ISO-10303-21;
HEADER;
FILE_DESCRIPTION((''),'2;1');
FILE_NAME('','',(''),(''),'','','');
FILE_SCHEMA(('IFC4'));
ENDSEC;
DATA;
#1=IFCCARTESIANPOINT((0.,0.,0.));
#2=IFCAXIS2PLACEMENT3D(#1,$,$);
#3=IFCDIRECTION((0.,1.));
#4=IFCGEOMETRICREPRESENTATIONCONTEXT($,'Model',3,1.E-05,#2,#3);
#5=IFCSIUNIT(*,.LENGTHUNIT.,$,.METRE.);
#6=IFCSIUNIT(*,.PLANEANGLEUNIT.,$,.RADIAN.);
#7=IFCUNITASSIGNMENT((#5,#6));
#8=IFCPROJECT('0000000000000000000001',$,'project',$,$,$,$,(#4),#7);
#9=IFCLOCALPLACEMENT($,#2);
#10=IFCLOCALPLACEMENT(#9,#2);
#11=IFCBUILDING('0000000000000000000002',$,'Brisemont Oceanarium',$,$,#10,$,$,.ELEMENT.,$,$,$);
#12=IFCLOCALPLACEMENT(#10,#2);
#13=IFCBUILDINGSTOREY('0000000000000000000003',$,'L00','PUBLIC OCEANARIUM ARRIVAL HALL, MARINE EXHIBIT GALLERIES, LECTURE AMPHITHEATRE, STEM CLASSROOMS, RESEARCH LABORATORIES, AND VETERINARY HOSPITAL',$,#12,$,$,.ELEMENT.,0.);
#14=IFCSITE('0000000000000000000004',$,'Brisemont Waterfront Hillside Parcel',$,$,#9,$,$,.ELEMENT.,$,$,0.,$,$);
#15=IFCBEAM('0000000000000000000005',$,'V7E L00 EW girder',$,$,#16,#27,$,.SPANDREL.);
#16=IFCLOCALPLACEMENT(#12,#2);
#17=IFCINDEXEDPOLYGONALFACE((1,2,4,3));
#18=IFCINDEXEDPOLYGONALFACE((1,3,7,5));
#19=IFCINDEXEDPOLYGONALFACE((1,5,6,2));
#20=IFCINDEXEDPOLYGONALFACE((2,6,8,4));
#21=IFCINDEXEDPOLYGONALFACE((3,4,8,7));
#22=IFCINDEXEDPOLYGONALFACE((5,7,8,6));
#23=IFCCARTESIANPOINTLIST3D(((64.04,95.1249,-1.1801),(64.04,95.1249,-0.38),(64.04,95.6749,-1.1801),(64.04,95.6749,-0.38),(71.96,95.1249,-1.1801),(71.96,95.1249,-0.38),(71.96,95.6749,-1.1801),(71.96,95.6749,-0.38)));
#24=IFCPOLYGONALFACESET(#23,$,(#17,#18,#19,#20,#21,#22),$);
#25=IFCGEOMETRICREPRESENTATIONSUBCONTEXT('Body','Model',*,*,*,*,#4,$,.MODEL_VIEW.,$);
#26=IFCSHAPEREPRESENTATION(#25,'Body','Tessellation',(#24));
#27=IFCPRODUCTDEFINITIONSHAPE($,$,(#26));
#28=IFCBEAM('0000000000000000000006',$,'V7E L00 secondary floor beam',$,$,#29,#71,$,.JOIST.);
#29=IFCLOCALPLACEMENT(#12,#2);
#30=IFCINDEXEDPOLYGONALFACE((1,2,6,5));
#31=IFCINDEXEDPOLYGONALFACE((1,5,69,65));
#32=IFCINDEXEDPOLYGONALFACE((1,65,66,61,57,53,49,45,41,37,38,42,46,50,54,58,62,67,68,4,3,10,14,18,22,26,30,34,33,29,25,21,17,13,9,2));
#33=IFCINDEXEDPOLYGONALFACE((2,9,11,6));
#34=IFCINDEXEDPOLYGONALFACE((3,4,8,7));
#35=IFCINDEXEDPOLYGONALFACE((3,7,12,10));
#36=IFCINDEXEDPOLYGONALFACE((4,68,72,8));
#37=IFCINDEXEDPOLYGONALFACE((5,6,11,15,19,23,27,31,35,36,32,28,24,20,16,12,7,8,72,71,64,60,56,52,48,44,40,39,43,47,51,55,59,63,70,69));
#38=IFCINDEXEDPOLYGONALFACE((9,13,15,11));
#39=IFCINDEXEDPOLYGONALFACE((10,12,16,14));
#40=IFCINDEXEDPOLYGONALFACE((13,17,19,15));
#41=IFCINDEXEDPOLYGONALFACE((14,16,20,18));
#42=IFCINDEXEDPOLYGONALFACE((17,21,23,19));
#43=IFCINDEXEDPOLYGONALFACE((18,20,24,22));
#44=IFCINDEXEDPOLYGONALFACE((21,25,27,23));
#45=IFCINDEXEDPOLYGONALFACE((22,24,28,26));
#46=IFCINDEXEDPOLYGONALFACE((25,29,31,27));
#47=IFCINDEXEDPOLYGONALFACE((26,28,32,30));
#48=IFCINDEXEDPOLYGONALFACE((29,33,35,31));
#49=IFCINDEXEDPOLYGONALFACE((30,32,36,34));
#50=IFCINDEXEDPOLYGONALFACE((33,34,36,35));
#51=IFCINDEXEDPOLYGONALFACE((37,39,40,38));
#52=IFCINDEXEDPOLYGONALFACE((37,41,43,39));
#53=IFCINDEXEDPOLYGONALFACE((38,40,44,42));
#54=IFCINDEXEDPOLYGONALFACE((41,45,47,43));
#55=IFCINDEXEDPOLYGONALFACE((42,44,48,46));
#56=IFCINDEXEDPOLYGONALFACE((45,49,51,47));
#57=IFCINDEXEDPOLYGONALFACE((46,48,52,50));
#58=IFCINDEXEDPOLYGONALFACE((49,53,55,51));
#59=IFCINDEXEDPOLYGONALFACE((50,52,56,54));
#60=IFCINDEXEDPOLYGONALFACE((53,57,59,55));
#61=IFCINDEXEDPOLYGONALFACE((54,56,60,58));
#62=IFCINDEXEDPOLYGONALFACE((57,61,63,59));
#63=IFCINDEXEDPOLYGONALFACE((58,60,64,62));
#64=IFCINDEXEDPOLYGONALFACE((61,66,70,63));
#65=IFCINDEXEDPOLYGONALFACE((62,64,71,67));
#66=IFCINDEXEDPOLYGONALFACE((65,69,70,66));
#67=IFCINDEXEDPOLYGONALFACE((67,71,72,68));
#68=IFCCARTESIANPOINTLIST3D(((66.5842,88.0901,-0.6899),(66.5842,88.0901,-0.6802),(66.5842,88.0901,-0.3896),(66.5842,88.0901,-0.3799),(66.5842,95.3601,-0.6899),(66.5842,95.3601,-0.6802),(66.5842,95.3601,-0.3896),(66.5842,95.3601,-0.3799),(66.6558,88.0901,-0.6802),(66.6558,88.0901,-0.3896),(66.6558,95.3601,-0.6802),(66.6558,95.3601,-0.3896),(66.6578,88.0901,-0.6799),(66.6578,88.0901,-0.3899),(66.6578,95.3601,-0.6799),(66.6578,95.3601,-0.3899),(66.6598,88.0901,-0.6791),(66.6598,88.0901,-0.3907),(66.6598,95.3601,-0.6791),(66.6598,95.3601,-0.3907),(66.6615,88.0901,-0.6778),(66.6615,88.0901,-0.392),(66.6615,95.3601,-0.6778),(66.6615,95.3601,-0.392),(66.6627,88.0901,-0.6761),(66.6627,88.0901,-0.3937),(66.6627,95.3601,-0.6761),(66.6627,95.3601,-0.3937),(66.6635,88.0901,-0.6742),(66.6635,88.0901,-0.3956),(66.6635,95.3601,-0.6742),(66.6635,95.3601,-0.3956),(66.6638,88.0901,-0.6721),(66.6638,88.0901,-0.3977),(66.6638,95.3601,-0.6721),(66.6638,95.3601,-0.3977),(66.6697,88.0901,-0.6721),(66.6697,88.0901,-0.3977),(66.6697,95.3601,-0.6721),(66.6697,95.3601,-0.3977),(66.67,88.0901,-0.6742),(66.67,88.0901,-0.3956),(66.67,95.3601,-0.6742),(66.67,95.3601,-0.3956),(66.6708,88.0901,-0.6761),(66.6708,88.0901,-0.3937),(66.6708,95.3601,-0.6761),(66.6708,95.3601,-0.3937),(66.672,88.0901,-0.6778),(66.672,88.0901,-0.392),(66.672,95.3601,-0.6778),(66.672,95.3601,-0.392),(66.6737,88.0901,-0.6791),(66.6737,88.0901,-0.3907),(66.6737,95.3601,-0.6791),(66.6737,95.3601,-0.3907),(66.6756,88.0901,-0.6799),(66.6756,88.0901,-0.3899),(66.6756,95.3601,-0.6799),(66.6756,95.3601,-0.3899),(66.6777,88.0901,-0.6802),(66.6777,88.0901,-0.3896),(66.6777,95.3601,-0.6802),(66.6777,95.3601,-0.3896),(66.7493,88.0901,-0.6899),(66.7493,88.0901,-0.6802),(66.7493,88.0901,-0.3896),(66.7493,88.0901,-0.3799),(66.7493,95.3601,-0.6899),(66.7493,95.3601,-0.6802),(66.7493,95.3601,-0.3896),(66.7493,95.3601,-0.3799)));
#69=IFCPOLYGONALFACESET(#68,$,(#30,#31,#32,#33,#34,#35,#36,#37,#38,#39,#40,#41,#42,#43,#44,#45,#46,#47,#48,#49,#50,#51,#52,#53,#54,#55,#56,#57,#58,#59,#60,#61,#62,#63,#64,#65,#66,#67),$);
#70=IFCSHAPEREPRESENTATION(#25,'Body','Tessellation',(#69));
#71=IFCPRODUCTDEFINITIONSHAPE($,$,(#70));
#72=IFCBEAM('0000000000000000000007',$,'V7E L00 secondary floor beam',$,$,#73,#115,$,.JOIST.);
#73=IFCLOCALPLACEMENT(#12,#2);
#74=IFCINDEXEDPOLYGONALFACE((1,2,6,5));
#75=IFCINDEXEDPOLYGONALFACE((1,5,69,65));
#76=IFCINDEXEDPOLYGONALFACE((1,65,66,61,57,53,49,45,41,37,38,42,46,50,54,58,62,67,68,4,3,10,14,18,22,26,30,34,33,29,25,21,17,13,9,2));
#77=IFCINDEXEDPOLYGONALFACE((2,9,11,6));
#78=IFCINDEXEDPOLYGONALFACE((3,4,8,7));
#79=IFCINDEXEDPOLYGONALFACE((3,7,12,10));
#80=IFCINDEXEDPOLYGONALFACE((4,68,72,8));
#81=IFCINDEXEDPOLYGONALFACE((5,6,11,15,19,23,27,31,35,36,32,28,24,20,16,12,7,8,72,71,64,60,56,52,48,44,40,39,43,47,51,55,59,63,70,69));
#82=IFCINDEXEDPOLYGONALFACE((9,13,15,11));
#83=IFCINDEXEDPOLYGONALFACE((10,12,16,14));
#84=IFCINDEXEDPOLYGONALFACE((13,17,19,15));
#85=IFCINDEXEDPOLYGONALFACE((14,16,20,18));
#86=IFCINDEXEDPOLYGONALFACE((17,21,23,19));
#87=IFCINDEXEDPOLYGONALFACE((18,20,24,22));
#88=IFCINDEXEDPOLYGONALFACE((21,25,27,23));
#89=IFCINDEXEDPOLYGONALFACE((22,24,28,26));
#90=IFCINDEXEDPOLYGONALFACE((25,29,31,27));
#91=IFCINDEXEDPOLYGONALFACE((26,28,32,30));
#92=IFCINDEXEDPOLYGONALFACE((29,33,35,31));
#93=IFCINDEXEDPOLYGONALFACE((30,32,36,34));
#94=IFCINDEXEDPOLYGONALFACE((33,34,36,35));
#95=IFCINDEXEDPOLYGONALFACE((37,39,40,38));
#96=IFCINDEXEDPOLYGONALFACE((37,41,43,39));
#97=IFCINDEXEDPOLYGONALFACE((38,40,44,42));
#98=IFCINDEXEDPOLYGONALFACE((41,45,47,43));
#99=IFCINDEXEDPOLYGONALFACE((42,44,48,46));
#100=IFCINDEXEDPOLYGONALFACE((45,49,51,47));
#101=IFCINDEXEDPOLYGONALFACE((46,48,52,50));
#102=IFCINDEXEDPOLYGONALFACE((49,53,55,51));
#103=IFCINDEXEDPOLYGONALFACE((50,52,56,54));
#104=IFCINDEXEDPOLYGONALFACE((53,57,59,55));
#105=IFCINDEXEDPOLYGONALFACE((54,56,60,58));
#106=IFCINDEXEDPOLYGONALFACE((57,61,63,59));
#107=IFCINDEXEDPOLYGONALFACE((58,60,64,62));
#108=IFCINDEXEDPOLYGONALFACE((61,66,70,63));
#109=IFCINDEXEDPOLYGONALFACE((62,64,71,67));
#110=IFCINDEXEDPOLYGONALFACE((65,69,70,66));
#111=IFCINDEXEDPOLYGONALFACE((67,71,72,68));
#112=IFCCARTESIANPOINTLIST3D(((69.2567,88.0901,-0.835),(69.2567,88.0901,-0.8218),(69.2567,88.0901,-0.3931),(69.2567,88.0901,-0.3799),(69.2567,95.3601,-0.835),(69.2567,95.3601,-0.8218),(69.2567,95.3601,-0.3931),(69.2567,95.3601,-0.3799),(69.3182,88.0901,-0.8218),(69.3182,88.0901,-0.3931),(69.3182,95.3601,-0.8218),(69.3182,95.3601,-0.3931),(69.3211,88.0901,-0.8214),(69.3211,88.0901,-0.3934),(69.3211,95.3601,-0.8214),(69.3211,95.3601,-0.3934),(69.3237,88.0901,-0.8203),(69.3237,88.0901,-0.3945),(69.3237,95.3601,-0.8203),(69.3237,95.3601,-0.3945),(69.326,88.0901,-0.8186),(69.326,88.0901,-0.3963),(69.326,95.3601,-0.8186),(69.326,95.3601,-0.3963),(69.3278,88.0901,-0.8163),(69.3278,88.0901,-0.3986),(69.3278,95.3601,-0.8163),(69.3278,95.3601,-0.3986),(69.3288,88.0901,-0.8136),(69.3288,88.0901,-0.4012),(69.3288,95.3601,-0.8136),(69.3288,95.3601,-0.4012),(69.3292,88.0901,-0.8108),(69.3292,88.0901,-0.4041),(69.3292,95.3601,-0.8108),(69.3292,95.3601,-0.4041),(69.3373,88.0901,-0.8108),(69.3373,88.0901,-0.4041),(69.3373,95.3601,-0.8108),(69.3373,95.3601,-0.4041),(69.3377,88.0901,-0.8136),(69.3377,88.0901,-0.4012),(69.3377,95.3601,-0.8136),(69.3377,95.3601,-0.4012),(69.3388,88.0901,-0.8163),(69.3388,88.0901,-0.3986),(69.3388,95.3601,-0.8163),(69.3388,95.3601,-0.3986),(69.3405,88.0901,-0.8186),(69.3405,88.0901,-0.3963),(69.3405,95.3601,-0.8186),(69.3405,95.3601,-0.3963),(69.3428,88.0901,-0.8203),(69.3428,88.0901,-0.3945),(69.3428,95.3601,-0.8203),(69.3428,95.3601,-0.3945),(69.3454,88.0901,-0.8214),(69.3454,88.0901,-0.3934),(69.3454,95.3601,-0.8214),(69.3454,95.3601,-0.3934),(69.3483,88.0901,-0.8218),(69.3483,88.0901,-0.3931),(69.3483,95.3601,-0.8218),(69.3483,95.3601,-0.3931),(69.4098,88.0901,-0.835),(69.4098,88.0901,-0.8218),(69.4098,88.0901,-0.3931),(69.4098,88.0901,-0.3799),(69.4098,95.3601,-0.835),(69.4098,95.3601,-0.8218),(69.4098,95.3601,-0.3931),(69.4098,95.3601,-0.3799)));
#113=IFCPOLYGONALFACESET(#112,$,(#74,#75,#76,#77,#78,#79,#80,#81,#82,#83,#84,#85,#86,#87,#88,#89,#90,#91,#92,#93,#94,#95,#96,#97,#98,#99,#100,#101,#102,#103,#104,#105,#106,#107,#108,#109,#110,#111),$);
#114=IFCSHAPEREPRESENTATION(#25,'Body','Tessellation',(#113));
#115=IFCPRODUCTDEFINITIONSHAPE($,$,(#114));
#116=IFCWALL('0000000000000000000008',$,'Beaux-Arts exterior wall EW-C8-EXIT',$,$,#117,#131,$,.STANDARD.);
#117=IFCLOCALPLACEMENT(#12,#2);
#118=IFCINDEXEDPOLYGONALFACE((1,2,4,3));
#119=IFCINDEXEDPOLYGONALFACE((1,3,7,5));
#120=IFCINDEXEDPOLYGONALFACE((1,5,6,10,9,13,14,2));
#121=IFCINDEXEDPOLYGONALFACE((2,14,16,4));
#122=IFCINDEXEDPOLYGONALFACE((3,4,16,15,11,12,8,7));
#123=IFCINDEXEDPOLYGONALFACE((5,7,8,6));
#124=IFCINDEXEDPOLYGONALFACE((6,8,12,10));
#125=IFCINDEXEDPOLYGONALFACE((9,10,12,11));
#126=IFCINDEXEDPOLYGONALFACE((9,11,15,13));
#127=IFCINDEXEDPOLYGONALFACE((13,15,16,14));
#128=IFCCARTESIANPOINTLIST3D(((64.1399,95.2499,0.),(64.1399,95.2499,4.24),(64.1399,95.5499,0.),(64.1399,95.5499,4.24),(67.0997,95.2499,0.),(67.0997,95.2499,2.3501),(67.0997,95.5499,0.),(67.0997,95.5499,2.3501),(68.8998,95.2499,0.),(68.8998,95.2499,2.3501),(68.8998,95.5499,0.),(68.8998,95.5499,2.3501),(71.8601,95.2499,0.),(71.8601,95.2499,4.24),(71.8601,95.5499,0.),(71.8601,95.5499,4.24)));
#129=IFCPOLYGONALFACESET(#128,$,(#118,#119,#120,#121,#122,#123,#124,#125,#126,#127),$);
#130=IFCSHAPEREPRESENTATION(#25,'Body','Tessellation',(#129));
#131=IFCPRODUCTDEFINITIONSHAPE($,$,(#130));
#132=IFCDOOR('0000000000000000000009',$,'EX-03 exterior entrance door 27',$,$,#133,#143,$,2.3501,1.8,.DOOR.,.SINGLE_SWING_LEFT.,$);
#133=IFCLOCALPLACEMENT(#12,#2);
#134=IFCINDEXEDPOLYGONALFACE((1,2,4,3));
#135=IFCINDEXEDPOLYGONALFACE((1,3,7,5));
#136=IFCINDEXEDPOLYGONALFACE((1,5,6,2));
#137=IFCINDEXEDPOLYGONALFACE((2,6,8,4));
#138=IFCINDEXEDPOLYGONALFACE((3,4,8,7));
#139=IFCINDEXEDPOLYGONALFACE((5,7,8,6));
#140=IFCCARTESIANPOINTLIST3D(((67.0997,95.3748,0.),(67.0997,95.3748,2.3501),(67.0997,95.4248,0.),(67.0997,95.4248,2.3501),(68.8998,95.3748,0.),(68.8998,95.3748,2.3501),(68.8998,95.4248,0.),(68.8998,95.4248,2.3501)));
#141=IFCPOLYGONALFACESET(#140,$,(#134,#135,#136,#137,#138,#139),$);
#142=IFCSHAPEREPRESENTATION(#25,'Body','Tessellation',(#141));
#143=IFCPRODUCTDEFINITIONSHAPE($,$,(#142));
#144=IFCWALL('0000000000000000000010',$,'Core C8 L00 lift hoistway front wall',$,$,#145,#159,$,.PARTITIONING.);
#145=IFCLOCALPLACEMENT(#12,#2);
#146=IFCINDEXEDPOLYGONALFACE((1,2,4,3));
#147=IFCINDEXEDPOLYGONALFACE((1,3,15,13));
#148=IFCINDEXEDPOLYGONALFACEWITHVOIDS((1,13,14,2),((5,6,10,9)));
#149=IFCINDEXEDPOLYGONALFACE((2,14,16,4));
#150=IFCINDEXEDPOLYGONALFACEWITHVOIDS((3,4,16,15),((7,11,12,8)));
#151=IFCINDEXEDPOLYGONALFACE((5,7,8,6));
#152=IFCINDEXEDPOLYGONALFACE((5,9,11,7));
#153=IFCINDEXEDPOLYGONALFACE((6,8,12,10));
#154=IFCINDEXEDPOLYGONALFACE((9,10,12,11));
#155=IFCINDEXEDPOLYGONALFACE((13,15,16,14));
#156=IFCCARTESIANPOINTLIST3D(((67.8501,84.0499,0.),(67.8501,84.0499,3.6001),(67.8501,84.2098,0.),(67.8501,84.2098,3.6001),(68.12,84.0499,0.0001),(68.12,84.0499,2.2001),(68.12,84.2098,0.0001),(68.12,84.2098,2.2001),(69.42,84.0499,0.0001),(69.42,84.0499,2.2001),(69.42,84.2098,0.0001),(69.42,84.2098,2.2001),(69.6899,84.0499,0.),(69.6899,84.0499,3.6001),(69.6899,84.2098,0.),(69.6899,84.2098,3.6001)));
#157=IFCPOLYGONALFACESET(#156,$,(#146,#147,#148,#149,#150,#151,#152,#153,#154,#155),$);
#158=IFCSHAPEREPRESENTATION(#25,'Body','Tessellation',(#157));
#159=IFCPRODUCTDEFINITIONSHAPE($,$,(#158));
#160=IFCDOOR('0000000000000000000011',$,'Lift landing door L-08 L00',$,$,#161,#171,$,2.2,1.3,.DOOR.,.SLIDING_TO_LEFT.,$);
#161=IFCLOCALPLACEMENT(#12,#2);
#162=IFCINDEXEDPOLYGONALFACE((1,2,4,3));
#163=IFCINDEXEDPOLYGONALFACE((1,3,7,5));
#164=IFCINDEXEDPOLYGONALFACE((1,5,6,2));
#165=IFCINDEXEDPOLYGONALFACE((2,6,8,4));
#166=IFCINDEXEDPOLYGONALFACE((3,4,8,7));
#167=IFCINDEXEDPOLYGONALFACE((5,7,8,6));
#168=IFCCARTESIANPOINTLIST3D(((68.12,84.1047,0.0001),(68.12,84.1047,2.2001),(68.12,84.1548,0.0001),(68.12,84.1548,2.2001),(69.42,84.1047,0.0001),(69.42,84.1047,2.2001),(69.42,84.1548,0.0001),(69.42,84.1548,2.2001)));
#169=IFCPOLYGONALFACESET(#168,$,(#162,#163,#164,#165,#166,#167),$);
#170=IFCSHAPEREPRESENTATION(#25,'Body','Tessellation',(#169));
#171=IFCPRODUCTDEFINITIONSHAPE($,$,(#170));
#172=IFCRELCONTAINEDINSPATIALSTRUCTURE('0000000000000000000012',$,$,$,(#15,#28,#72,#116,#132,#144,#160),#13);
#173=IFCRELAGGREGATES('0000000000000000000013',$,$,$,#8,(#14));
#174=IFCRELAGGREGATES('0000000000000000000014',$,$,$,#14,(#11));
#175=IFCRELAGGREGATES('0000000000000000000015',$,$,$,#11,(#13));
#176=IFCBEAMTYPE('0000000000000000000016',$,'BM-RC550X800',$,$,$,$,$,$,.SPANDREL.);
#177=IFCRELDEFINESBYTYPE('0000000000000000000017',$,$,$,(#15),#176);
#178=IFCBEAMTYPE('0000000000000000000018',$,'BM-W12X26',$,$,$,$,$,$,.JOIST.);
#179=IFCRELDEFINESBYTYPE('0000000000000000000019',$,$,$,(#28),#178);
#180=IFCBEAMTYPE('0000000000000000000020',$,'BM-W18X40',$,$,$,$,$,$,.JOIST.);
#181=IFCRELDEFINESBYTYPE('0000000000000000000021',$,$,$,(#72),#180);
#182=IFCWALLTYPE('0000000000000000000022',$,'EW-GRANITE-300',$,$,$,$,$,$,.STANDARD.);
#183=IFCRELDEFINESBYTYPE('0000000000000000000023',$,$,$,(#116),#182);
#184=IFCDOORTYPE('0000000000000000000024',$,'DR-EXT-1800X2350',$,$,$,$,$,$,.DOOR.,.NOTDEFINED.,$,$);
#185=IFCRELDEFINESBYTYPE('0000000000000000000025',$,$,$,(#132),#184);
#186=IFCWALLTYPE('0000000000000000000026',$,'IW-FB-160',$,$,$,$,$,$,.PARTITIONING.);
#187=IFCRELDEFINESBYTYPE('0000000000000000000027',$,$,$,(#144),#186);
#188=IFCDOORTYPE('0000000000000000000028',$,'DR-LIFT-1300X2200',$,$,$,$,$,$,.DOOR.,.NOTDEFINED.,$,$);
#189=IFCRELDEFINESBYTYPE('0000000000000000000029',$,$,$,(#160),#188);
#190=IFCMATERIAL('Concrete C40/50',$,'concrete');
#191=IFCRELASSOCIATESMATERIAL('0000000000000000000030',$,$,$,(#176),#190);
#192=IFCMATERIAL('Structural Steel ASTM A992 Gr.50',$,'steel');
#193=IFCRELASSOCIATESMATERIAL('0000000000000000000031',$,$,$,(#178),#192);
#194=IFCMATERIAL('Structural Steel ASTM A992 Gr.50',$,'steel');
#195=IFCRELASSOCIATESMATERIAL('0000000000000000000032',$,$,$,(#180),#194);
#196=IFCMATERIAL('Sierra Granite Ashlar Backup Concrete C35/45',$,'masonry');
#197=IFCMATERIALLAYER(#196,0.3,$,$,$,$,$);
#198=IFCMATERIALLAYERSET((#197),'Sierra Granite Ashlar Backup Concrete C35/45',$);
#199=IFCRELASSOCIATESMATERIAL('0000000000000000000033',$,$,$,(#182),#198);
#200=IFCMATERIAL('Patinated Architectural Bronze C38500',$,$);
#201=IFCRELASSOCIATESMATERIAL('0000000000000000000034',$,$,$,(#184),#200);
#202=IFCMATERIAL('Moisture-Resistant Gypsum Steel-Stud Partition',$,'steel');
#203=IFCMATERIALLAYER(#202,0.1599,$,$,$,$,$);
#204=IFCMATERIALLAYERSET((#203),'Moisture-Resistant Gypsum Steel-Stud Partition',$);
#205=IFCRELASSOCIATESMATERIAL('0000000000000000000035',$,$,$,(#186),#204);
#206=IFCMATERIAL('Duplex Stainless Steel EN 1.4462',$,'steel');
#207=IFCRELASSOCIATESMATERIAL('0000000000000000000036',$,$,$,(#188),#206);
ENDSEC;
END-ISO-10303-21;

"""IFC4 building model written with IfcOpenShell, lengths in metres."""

from ifc_helpers import new_model, si_unit, direction, frame, frame_2d, origin, origin_2d, place, context, subcontext, project, spatial, rectangle, i_section, extrude, material, layer, layer_set, material_profile, profile_set, type_object, element, fill, save


model = new_model("IFC4")

# Units and contexts
model_context = context("Model", 3, precision=1e-05, world=origin(), true_north=direction((0.0, 1.0)))
body_context = subcontext(model_context, "Body", "Model", "MODEL_VIEW")
ifc_project = project(units=[si_unit("LENGTHUNIT", "METRE"), si_unit("PLANEANGLEUNIT", "RADIAN")], contexts=[model_context])

# Site, building, storey
site_placement = place(None, origin())
site = spatial("IfcSite", under=ifc_project, at=site_placement, Name="Brisemont Waterfront Hillside Parcel", CompositionType="ELEMENT", RefElevation=0.0)
building_placement = place(site_placement, origin())
building = spatial("IfcBuilding", under=site, at=building_placement, Name="Brisemont Oceanarium", CompositionType="ELEMENT")
storey_placement = place(building_placement, origin())
storey = spatial("IfcBuildingStorey", under=building, at=storey_placement, Name="L00", Description="PUBLIC OCEANARIUM ARRIVAL HALL, MARINE EXHIBIT GALLERIES, LECTURE AMPHITHEATRE, STEM CLASSROOMS, RESEARCH LABORATORIES, AND VETERINARY HOSPITAL", CompositionType="ELEMENT", Elevation=0.0)

# Beams
ifc_material_1 = material(Name="Concrete C40/50", Category="concrete")
ifc_material_profile_1 = material_profile(ifc_material_1, rectangle(XDim=0.55, YDim=0.8, at=origin_2d()), Name="RC-BM-550X800")
ifc_profile_set_1 = profile_set([ifc_material_profile_1], Name="Concrete C40/50")
beam_type_1 = type_object("IfcBeamType", Name="BM-RC550X800", PredefinedType="SPANDREL", material=ifc_profile_set_1)
beam_1_placement = place(storey_placement, frame((64.04, 95.3999, -0.78), z_axis=(1.0, 0.0, 0.0), x_axis=(0.0, 1.0, 0.0)))
element("IfcBeam", 1, at=beam_1_placement, inside=storey, type_object=beam_type_1, Name="V7E L00 EW girder", PredefinedType="SPANDREL", context=body_context, shape_type="SweptSolid", body=[
    extrude(rectangle(XDim=0.55, YDim=0.8, at=origin_2d()), origin(), (0.0, 0.0, 1.0), 7.9199),
])
ifc_material_2 = material(Name="Structural Steel ASTM A992 Gr.50", Category="steel")
ifc_material_profile_2 = material_profile(ifc_material_2, i_section(OverallWidth=0.165, OverallDepth=0.3101, WebThickness=0.0059, FlangeThickness=0.0098, FilletRadius=0.0081, at=origin_2d()), Name="W12X26")
ifc_profile_set_2 = profile_set([ifc_material_profile_2], Name="Structural Steel ASTM A992 Gr.50")
beam_type_2 = type_object("IfcBeamType", Name="BM-W12X26", PredefinedType="JOIST", material=ifc_profile_set_2)
beam_2_placement = place(storey_placement, frame((66.6667, 88.0901, -0.5349), z_axis=(0.0, 1.0, 0.0), x_axis=(-1.0, 0.0, 0.0)))
element("IfcBeam", 2, at=beam_2_placement, inside=storey, type_object=beam_type_2, Name="V7E L00 secondary floor beam", PredefinedType="JOIST", context=body_context, shape_type="SweptSolid", body=[
    extrude(i_section(OverallWidth=0.165, OverallDepth=0.3101, WebThickness=0.0059, FlangeThickness=0.0098, FilletRadius=0.0081, at=origin_2d()), origin(), (0.0, 0.0, 1.0), 7.27),
])
ifc_material_3 = material(Name="Structural Steel ASTM A992 Gr.50", Category="steel")
ifc_material_profile_3 = material_profile(ifc_material_3, i_section(OverallWidth=0.1531, OverallDepth=0.4551, WebThickness=0.0081, FlangeThickness=0.0132, FilletRadius=0.011, at=origin_2d()), Name="W18X40")
ifc_profile_set_3 = profile_set([ifc_material_profile_3], Name="Structural Steel ASTM A992 Gr.50")
beam_type_3 = type_object("IfcBeamType", Name="BM-W18X40", PredefinedType="JOIST", material=ifc_profile_set_3)
beam_3_placement = place(storey_placement, frame((69.3333, 88.0901, -0.6074), z_axis=(0.0, 1.0, 0.0), x_axis=(-1.0, 0.0, 0.0)))
element("IfcBeam", 3, at=beam_3_placement, inside=storey, type_object=beam_type_3, Name="V7E L00 secondary floor beam", PredefinedType="JOIST", context=body_context, shape_type="SweptSolid", body=[
    extrude(i_section(OverallWidth=0.1531, OverallDepth=0.4551, WebThickness=0.0081, FlangeThickness=0.0132, FilletRadius=0.011, at=origin_2d()), origin(), (0.0, 0.0, 1.0), 7.27),
])

# Walls, openings, doors
ifc_material_4 = material(Name="Sierra Granite Ashlar Backup Concrete C35/45", Category="masonry")
ifc_layer_1 = layer(ifc_material_4, 0.3)
ifc_layer_set_1 = layer_set([ifc_layer_1], Name="Sierra Granite Ashlar Backup Concrete C35/45")
wall_type_1 = type_object("IfcWallType", Name="EW-GRANITE-300", PredefinedType="STANDARD", material=ifc_layer_set_1)
wall_1_placement = place(storey_placement, frame((64.1399, 95.3999, 0.0), z_axis=(0.0, 0.0, 1.0), x_axis=(1.0, 0.0, 0.0)))
wall_1 = element("IfcWall", 4, at=wall_1_placement, inside=storey, type_object=wall_type_1, Name="Beaux-Arts exterior wall EW-C8-EXIT", PredefinedType="STANDARD", context=body_context, shape_type="SweptSolid", body=[
    extrude(rectangle(XDim=7.7202, YDim=0.3, at=frame_2d((3.8601, 0.0))), origin(), (0.0, 0.0, 1.0), 4.24),
])
opening_1_placement = place(wall_1_placement, frame((2.96, 0.0, 0.0)))
opening_1 = element("IfcOpeningElement", 5, at=opening_1_placement, cuts=wall_1, PredefinedType="OPENING", context=body_context, shape_type="SweptSolid", body=[
    extrude(rectangle(XDim=1.8, YDim=2.3501, at=frame_2d((0.8999, 1.175))), frame((0.0, 0.1599, 0.0), z_axis=(0.0, -1.0, 0.0), x_axis=(1.0, 0.0, 0.0)), (0.0, 0.0, 1.0), 0.3201),
])
ifc_material_5 = material(Name="Patinated Architectural Bronze C38500")
door_type_1 = type_object("IfcDoorType", Name="DR-EXT-1800X2350", OperationType="NOTDEFINED", PredefinedType="DOOR", material=ifc_material_5)
door_1_placement = place(opening_1_placement, origin())
door_1 = element("IfcDoor", 6, at=door_1_placement, inside=storey, type_object=door_type_1, Name="EX-03 exterior entrance door 27", OperationType="SINGLE_SWING_LEFT", OverallHeight=2.3501, OverallWidth=1.8, PredefinedType="DOOR", context=body_context, shape_type="SweptSolid", body=[
    extrude(rectangle(XDim=1.8, YDim=2.3501, at=frame_2d((0.8999, 1.175))), frame((0.0, 0.0249, 0.0), z_axis=(0.0, -1.0, 0.0), x_axis=(1.0, 0.0, 0.0)), (0.0, 0.0, 1.0), 0.05),
])
fill(opening_1, door_1)
ifc_material_6 = material(Name="Moisture-Resistant Gypsum Steel-Stud Partition", Category="steel")
ifc_layer_2 = layer(ifc_material_6, 0.1599)
ifc_layer_set_2 = layer_set([ifc_layer_2], Name="Moisture-Resistant Gypsum Steel-Stud Partition")
wall_type_2 = type_object("IfcWallType", Name="IW-FB-160", PredefinedType="PARTITIONING", material=ifc_layer_set_2)
wall_2_placement = place(storey_placement, frame((67.8501, 84.1299, 0.0), z_axis=(0.0, 0.0, 1.0), x_axis=(1.0, 0.0, 0.0)))
wall_2 = element("IfcWall", 7, at=wall_2_placement, inside=storey, type_object=wall_type_2, Name="Core C8 L00 lift hoistway front wall", PredefinedType="PARTITIONING", context=body_context, shape_type="SweptSolid", body=[
    extrude(rectangle(XDim=1.8398, YDim=0.1599, at=frame_2d((0.9199, 0.0))), origin(), (0.0, 0.0, 1.0), 3.6001),
])
opening_2_placement = place(wall_2_placement, frame((0.27, 0.0, 0.0)))
opening_2 = element("IfcOpeningElement", 8, at=opening_2_placement, cuts=wall_2, PredefinedType="OPENING", context=body_context, shape_type="SweptSolid", body=[
    extrude(rectangle(XDim=1.3, YDim=2.2, at=frame_2d((0.6499, 1.1001))), frame((0.0, 0.0898, 0.0), z_axis=(0.0, -1.0, 0.0), x_axis=(1.0, 0.0, 0.0)), (0.0, 0.0, 1.0), 0.1799),
])
ifc_material_7 = material(Name="Duplex Stainless Steel EN 1.4462", Category="steel")
door_type_2 = type_object("IfcDoorType", Name="DR-LIFT-1300X2200", OperationType="NOTDEFINED", PredefinedType="DOOR", material=ifc_material_7)
door_2_placement = place(opening_2_placement, origin())
door_2 = element("IfcDoor", 9, at=door_2_placement, inside=storey, type_object=door_type_2, Name="Lift landing door L-08 L00", OperationType="SLIDING_TO_LEFT", OverallHeight=2.2, OverallWidth=1.3, PredefinedType="DOOR", context=body_context, shape_type="SweptSolid", body=[
    extrude(rectangle(XDim=1.3, YDim=2.2, at=frame_2d((0.6499, 1.1001))), frame((0.0, 0.0249, 0.0), z_axis=(0.0, -1.0, 0.0), x_axis=(1.0, 0.0, 0.0)), (0.0, 0.0, 1.0), 0.05),
])
fill(opening_2, door_2)

save(model, "model.ifc")
